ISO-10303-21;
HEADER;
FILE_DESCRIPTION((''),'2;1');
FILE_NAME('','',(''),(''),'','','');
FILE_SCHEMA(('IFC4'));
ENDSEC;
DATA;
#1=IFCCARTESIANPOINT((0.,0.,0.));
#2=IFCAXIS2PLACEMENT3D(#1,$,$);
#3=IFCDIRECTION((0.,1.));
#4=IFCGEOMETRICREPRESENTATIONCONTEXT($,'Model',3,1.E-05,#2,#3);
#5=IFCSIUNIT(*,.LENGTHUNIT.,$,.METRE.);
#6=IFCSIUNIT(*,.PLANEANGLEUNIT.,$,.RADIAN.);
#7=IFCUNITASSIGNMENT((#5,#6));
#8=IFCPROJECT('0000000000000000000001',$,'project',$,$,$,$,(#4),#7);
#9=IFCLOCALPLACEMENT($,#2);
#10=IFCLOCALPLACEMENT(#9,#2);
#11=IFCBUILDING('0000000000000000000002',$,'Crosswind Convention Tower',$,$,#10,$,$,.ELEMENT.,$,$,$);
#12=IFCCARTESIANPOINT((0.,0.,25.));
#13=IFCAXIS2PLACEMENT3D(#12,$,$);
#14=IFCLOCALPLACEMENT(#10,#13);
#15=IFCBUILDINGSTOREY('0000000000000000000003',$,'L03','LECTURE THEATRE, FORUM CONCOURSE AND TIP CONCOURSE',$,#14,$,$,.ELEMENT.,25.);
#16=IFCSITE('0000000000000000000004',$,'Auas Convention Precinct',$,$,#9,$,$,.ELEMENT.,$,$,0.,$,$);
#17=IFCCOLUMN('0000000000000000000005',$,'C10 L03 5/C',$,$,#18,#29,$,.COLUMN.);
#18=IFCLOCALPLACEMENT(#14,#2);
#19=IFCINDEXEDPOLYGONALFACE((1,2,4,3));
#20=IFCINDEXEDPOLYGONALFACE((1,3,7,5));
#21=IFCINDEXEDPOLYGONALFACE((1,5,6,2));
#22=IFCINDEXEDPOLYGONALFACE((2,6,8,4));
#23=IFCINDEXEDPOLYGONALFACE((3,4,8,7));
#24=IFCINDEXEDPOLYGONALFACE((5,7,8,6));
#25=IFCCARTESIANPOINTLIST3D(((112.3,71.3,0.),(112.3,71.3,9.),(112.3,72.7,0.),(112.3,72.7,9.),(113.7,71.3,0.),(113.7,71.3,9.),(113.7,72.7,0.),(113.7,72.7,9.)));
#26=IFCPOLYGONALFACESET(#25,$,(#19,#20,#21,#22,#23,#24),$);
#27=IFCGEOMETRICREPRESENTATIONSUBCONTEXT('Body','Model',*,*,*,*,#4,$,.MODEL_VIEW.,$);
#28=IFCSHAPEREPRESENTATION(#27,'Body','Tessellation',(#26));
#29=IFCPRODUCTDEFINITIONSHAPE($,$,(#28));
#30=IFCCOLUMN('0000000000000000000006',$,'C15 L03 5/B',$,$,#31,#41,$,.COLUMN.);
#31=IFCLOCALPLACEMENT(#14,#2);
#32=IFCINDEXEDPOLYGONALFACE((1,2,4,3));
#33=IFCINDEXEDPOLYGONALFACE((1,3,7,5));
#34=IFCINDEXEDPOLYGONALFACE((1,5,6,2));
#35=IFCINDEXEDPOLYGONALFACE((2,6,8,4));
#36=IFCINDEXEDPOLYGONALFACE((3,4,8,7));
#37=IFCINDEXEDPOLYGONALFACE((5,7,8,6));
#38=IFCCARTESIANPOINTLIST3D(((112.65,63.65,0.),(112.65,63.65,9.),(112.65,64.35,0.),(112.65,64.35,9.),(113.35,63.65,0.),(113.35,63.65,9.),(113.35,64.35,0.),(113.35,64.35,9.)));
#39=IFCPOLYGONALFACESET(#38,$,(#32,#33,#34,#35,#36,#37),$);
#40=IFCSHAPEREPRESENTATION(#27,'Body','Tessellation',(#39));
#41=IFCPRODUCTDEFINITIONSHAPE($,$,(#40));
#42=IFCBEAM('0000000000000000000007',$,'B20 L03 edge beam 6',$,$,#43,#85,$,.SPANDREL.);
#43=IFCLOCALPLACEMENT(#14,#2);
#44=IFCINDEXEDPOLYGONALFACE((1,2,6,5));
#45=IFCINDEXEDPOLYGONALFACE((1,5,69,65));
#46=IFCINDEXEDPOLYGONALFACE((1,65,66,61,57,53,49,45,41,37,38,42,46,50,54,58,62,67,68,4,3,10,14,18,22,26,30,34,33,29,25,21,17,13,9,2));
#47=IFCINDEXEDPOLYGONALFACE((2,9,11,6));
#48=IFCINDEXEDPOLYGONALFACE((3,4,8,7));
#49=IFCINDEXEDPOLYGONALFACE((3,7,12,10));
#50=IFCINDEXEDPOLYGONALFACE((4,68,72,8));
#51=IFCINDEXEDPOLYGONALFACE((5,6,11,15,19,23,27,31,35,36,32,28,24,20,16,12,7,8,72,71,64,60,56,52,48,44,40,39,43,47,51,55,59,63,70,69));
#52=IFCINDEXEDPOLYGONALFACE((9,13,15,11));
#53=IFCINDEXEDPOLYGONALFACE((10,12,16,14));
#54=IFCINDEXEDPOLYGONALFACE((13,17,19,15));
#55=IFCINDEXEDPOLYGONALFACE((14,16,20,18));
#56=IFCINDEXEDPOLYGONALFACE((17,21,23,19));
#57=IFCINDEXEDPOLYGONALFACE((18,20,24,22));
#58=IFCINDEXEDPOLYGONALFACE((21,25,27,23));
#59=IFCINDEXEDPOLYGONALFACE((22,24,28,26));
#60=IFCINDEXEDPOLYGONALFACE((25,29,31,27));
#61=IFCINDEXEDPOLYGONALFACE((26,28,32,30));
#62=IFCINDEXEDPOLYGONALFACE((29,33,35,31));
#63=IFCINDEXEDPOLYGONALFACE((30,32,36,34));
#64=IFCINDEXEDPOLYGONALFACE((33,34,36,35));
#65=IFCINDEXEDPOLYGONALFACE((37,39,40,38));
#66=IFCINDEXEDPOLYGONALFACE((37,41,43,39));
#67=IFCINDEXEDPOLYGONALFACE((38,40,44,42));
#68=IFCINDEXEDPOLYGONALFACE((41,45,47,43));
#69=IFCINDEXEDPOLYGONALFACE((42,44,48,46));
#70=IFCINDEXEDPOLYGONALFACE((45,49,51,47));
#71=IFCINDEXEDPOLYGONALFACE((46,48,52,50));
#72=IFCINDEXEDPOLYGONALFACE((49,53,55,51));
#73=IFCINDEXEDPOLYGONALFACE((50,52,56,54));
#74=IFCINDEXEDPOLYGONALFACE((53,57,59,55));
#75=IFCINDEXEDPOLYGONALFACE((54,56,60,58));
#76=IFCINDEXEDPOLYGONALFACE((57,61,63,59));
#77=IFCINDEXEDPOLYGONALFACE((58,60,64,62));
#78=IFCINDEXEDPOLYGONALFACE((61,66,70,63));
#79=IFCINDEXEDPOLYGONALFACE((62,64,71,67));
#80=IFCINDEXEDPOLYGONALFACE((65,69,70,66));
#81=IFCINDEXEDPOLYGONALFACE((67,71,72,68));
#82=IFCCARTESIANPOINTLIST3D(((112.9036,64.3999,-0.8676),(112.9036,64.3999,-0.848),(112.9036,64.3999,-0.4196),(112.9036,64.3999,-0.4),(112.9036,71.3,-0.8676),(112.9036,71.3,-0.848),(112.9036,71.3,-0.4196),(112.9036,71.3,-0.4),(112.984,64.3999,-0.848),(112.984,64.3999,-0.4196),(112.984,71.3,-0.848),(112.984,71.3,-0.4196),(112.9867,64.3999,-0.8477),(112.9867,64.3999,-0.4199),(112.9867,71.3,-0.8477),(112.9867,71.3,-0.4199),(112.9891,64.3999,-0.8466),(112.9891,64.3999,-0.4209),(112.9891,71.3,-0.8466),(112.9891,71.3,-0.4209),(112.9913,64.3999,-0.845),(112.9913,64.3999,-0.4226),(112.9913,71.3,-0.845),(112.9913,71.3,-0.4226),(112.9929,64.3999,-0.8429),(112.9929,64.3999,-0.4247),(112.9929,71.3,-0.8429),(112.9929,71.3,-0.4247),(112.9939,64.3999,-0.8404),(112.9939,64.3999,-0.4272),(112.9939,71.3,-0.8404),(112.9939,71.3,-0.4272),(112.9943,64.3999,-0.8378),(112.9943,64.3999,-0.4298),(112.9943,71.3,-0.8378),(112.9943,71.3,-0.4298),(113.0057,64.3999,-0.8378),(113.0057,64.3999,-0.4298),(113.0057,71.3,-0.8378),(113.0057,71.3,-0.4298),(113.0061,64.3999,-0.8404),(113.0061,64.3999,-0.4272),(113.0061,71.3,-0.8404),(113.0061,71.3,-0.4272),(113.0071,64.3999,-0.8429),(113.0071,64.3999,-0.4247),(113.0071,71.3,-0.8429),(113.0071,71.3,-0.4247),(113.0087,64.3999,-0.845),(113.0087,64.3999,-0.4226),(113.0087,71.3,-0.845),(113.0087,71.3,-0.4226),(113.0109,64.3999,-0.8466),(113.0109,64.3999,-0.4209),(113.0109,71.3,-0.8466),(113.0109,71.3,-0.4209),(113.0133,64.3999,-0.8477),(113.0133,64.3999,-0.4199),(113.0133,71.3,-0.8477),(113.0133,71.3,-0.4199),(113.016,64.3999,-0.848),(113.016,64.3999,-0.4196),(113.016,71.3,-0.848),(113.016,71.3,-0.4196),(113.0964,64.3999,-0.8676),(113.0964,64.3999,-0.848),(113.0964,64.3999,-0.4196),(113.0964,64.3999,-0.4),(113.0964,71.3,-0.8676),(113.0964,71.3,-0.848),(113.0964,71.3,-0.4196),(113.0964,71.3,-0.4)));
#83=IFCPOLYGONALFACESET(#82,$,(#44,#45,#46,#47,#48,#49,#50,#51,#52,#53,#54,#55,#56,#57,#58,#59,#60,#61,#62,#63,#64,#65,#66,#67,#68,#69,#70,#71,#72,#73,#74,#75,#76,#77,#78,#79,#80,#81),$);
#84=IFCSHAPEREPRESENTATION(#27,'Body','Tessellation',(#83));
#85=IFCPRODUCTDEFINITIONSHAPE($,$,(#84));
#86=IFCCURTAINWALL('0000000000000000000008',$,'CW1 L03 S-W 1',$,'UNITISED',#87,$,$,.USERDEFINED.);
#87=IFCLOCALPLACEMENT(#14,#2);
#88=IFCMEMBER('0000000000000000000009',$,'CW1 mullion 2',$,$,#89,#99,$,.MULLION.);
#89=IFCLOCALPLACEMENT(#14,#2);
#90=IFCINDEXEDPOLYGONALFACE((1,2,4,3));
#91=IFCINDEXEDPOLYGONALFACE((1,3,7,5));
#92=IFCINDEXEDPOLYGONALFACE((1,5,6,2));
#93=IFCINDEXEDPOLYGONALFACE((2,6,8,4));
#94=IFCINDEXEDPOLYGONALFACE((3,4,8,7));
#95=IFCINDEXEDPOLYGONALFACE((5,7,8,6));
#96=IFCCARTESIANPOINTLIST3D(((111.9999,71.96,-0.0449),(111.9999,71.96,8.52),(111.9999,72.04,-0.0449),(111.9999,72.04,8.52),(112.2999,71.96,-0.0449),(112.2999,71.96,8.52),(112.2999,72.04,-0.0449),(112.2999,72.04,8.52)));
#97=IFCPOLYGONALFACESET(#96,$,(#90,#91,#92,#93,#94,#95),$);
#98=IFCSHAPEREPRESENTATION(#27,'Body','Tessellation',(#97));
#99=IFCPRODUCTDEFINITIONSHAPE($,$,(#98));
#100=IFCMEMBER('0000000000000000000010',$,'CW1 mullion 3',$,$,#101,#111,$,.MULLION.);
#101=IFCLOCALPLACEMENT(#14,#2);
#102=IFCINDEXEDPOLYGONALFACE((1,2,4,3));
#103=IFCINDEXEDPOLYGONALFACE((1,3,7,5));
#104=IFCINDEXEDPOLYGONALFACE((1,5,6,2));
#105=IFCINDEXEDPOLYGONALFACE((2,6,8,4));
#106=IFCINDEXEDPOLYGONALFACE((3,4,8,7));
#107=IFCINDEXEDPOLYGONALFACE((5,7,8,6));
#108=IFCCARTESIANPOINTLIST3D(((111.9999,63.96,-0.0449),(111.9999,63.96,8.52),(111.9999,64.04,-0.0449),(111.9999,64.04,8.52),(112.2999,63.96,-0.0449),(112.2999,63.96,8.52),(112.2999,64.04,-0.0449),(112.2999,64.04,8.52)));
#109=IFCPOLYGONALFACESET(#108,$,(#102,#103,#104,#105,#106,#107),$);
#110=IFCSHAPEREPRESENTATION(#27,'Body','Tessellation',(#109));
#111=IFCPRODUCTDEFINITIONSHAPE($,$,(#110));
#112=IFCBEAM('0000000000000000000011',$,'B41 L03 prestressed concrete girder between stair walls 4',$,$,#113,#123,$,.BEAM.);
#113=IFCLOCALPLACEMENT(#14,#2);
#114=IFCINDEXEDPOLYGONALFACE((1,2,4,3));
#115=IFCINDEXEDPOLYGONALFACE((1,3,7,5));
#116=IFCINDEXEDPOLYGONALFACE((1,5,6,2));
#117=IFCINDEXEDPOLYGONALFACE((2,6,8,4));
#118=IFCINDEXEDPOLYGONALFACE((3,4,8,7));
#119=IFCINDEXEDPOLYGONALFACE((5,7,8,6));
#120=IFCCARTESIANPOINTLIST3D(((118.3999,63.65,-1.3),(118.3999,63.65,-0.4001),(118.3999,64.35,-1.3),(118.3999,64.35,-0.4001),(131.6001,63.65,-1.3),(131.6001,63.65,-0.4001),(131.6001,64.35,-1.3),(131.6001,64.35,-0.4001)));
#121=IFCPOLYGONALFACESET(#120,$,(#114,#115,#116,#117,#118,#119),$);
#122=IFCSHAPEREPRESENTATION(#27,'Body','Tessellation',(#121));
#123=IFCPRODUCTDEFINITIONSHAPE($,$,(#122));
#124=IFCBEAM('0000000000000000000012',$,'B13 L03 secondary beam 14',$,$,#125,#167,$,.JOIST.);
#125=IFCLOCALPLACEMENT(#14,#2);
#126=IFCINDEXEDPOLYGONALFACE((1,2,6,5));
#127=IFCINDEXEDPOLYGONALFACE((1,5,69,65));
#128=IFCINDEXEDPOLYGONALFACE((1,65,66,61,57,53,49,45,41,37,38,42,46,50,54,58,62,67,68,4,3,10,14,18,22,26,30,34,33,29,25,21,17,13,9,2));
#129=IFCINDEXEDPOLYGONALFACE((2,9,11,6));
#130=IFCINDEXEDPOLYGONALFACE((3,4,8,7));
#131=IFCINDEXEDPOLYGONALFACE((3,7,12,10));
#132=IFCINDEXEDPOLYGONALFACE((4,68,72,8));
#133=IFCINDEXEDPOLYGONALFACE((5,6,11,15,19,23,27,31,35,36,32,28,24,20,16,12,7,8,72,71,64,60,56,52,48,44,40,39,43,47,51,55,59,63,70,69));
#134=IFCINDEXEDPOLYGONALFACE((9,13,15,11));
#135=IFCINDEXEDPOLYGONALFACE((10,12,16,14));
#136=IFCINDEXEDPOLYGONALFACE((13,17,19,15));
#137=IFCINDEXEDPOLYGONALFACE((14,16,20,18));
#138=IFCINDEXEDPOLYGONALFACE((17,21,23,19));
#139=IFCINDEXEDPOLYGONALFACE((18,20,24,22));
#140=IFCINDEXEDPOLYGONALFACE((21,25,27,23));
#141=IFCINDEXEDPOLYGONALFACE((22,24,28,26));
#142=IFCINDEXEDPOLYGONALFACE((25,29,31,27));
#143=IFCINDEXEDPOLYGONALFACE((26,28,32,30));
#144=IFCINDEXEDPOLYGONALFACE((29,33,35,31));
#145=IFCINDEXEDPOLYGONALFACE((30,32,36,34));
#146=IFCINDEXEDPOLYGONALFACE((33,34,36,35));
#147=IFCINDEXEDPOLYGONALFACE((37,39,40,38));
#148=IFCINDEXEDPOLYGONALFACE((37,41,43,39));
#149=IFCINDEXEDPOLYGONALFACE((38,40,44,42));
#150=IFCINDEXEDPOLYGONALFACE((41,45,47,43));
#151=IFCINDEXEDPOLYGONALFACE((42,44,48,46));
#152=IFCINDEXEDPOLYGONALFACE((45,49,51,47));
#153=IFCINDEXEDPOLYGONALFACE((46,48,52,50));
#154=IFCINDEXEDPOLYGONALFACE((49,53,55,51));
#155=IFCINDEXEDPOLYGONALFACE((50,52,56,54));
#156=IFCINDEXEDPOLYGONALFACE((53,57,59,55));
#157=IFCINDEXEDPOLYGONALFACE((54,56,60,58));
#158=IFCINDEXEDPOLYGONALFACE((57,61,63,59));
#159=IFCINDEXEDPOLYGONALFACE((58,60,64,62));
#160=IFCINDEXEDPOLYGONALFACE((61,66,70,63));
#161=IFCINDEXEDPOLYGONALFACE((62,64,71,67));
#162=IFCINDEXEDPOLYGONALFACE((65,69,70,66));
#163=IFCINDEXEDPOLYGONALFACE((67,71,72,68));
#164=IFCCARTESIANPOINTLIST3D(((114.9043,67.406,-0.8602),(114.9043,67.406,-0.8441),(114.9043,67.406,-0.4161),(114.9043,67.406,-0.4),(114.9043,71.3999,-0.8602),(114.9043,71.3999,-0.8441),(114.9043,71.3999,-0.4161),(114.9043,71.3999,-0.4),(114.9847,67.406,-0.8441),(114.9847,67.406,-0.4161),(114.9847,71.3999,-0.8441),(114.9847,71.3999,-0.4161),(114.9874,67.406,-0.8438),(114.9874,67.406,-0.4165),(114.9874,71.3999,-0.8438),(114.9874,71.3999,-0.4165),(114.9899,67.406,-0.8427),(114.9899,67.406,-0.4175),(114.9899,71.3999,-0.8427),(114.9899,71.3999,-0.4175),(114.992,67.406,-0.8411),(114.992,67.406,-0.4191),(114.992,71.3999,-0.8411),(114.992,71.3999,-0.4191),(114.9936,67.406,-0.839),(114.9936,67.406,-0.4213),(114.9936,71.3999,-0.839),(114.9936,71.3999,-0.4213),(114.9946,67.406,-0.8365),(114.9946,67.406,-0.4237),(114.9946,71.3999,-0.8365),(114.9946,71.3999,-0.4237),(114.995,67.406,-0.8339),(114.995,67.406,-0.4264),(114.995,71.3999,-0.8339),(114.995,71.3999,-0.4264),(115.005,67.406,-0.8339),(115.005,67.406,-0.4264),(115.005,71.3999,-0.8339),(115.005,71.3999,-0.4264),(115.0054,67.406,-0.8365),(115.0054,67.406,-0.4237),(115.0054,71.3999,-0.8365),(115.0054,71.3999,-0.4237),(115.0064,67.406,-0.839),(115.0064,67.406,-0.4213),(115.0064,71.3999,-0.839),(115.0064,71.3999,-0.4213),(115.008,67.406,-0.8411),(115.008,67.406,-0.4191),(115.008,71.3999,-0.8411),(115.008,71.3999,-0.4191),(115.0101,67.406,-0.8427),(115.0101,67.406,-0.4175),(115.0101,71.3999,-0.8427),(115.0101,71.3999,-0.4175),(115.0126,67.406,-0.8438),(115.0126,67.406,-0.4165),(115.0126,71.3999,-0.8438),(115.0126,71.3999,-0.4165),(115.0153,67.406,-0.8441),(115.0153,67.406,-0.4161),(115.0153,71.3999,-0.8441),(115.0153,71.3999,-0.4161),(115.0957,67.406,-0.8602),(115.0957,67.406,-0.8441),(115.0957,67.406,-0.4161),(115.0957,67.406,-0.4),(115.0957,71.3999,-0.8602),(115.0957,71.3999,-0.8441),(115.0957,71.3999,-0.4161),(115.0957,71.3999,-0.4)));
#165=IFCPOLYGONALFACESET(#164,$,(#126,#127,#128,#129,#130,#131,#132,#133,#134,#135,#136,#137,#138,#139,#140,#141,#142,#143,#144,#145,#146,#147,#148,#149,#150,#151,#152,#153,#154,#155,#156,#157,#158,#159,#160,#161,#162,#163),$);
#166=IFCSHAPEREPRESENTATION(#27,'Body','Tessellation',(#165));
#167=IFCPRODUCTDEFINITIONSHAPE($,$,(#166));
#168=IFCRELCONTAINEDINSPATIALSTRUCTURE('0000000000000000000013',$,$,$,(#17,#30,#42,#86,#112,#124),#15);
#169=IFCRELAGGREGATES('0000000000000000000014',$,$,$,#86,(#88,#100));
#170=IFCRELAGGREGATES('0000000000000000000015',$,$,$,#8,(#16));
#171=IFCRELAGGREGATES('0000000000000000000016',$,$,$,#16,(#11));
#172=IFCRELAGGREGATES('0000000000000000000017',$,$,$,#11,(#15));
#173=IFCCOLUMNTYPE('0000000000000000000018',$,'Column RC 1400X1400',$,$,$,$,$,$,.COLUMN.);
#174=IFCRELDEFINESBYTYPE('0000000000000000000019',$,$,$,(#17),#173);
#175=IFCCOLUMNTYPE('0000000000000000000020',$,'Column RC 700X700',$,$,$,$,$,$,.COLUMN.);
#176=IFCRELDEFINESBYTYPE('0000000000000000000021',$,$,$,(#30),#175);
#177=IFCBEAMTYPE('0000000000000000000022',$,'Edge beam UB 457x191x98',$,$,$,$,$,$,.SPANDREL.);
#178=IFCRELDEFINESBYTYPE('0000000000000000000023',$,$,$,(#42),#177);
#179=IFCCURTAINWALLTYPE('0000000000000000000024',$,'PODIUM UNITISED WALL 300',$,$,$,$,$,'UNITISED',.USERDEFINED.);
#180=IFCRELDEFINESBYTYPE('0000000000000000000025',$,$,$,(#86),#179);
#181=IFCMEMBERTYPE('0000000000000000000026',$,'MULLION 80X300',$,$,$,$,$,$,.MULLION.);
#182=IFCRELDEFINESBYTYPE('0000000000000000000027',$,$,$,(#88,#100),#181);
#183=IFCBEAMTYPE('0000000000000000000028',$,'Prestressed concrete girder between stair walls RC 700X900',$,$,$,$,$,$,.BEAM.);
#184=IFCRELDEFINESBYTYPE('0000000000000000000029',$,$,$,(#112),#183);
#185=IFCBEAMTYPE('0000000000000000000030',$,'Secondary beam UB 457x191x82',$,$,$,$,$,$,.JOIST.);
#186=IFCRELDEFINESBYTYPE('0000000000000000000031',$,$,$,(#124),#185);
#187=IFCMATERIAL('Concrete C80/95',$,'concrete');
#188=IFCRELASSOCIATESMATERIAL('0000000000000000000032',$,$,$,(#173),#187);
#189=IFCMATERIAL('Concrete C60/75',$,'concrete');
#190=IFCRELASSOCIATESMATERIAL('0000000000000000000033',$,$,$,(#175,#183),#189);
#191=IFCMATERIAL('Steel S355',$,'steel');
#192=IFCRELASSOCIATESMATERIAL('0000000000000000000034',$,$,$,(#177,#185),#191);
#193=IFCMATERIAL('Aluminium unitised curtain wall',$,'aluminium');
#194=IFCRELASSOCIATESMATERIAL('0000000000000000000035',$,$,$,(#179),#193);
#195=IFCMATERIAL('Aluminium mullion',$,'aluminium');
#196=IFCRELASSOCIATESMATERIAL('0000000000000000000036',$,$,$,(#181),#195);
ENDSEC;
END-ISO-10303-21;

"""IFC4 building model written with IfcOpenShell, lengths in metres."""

from ifc_helpers import new_model, si_unit, direction, frame, origin, origin_2d, place, context, subcontext, project, spatial, rectangle, i_section, extrude, material, material_profile, profile_set, type_object, element, aggregate, save


model = new_model("IFC4")

# Units and contexts
model_context = context("Model", 3, precision=1e-05, world=origin(), true_north=direction((0.0, 1.0)))
body_context = subcontext(model_context, "Body", "Model", "MODEL_VIEW")
ifc_project = project(units=[si_unit("LENGTHUNIT", "METRE"), si_unit("PLANEANGLEUNIT", "RADIAN")], contexts=[model_context])

# Site, building, storey
site_placement = place(None, origin())
site = spatial("IfcSite", under=ifc_project, at=site_placement, Name="Auas Convention Precinct", CompositionType="ELEMENT", RefElevation=0.0)
building_placement = place(site_placement, origin())
building = spatial("IfcBuilding", under=site, at=building_placement, Name="Crosswind Convention Tower", CompositionType="ELEMENT")
storey_placement = place(building_placement, frame((0.0, 0.0, 25.0)))
storey = spatial("IfcBuildingStorey", under=building, at=storey_placement, Name="L03", Description="LECTURE THEATRE, FORUM CONCOURSE AND TIP CONCOURSE", CompositionType="ELEMENT", Elevation=25.0)

# Columns
ifc_material_1 = material(Name="Concrete C80/95", Category="concrete")
ifc_material_profile_1 = material_profile(ifc_material_1, rectangle(XDim=1.3999, YDim=1.3999, at=origin_2d()), Name="RC 1400X1400")
ifc_profile_set_1 = profile_set([ifc_material_profile_1], Name="Concrete C80/95")
column_type_1 = type_object("IfcColumnType", Name="Column RC 1400X1400", PredefinedType="COLUMN", material=ifc_profile_set_1)
column_1_placement = place(storey_placement, frame((113.0, 72.0, 0.0), z_axis=(0.0, 0.0, 1.0), x_axis=(1.0, 0.0, 0.0)))
element("IfcColumn", 1, at=column_1_placement, inside=storey, type_object=column_type_1, Name="C10 L03 5/C", PredefinedType="COLUMN", context=body_context, shape_type="SweptSolid", body=[
    extrude(rectangle(XDim=1.3999, YDim=1.3999, at=origin_2d()), origin(), (0.0, 0.0, 1.0), 9.0),
])
ifc_material_2 = material(Name="Concrete C60/75", Category="concrete")
ifc_material_profile_2 = material_profile(ifc_material_2, rectangle(XDim=0.7, YDim=0.7, at=origin_2d()), Name="RC 700X700")
ifc_profile_set_2 = profile_set([ifc_material_profile_2], Name="Concrete C60/75")
column_type_2 = type_object("IfcColumnType", Name="Column RC 700X700", PredefinedType="COLUMN", material=ifc_profile_set_2)
column_2_placement = place(storey_placement, frame((113.0, 64.0, 0.0), z_axis=(0.0, 0.0, 1.0), x_axis=(1.0, 0.0, 0.0)))
element("IfcColumn", 2, at=column_2_placement, inside=storey, type_object=column_type_2, Name="C15 L03 5/B", PredefinedType="COLUMN", context=body_context, shape_type="SweptSolid", body=[
    extrude(rectangle(XDim=0.7, YDim=0.7, at=origin_2d()), origin(), (0.0, 0.0, 1.0), 9.0),
])

# Beam
ifc_material_3 = material(Name="Steel S355", Category="steel")
ifc_material_profile_3 = material_profile(ifc_material_3, i_section(OverallWidth=0.1929, OverallDepth=0.4675, WebThickness=0.0115, FlangeThickness=0.0195, FilletRadius=0.0103, at=origin_2d()), Name="UB 457x191x98")
ifc_profile_set_3 = profile_set([ifc_material_profile_3], Name="Steel S355")
beam_type_1 = type_object("IfcBeamType", Name="Edge beam UB 457x191x98", PredefinedType="SPANDREL", material=ifc_profile_set_3)
beam_1_placement = place(storey_placement, frame((113.0, 64.3999, -0.6338), z_axis=(0.0, 1.0, 0.0), x_axis=(-1.0, 0.0, 0.0)))
element("IfcBeam", 3, at=beam_1_placement, inside=storey, type_object=beam_type_1, Name="B20 L03 edge beam 6", PredefinedType="SPANDREL", context=body_context, shape_type="SweptSolid", body=[
    extrude(i_section(OverallWidth=0.1929, OverallDepth=0.4675, WebThickness=0.0115, FlangeThickness=0.0195, FilletRadius=0.0103, at=origin_2d()), origin(), (0.0, 0.0, 1.0), 6.9001),
])

# Curtain wall, members
ifc_material_4 = material(Name="Aluminium unitised curtain wall", Category="aluminium")
curtain_wall_type = type_object("IfcCurtainWallType", Name="PODIUM UNITISED WALL 300", ElementType="UNITISED", PredefinedType="USERDEFINED", material=ifc_material_4)
curtain_wall_placement = place(storey_placement, origin())
curtain_wall = element("IfcCurtainWall", 4, at=curtain_wall_placement, inside=storey, type_object=curtain_wall_type, Name="CW1 L03 S-W 1", ObjectType="UNITISED", PredefinedType="USERDEFINED")
ifc_material_5 = material(Name="Aluminium mullion", Category="aluminium")
ifc_material_profile_4 = material_profile(ifc_material_5, rectangle(XDim=0.3, YDim=0.0801, at=origin_2d()), Name="AL 300X80")
ifc_profile_set_4 = profile_set([ifc_material_profile_4], Name="Aluminium mullion")
member_type = type_object("IfcMemberType", Name="MULLION 80X300", PredefinedType="MULLION", material=ifc_profile_set_4)
member_1_placement = place(storey_placement, frame((112.1499, 72.0, -0.0449), z_axis=(0.0, 0.0, 1.0), x_axis=(-1.0, 0.0, 0.0)))
member_1 = element("IfcMember", 5, at=member_1_placement, type_object=member_type, Name="CW1 mullion 2", PredefinedType="MULLION", context=body_context, shape_type="SweptSolid", body=[
    extrude(rectangle(XDim=0.3, YDim=0.0801, at=origin_2d()), origin(), (0.0, 0.0, 1.0), 8.5649),
])
member_2_placement = place(storey_placement, frame((112.1499, 64.0, -0.0449), z_axis=(0.0, 0.0, 1.0), x_axis=(-1.0, 0.0, 0.0)))
member_2 = element("IfcMember", 6, at=member_2_placement, type_object=member_type, Name="CW1 mullion 3", PredefinedType="MULLION", context=body_context, shape_type="SweptSolid", body=[
    extrude(rectangle(XDim=0.3, YDim=0.0801, at=origin_2d()), origin(), (0.0, 0.0, 1.0), 8.5649),
])

# Beams
ifc_material_profile_5 = material_profile(ifc_material_2, rectangle(XDim=0.7, YDim=0.8999, at=origin_2d()), Name="RC 700X900")
ifc_profile_set_5 = profile_set([ifc_material_profile_5], Name="Concrete C60/75")
beam_type_2 = type_object("IfcBeamType", Name="Prestressed concrete girder between stair walls RC 700X900", PredefinedType="BEAM", material=ifc_profile_set_5)
beam_2_placement = place(storey_placement, frame((118.3999, 64.0, -0.8501), z_axis=(1.0, 0.0, 0.0), x_axis=(0.0, 1.0, 0.0)))
element("IfcBeam", 7, at=beam_2_placement, inside=storey, type_object=beam_type_2, Name="B41 L03 prestressed concrete girder between stair walls 4", PredefinedType="BEAM", context=body_context, shape_type="SweptSolid", body=[
    extrude(rectangle(XDim=0.7, YDim=0.8999, at=origin_2d()), origin(), (0.0, 0.0, 1.0), 13.2002),
])
ifc_material_profile_6 = material_profile(ifc_material_3, i_section(OverallWidth=0.1914, OverallDepth=0.4602, WebThickness=0.01, FlangeThickness=0.0161, FilletRadius=0.0103, at=origin_2d()), Name="UB 457x191x82")
ifc_profile_set_6 = profile_set([ifc_material_profile_6], Name="Steel S355")
beam_type_3 = type_object("IfcBeamType", Name="Secondary beam UB 457x191x82", PredefinedType="JOIST", material=ifc_profile_set_6)
beam_3_placement = place(storey_placement, frame((115.0, 67.406, -0.6301), z_axis=(0.0, 1.0, 0.0), x_axis=(-1.0, 0.0, 0.0)))
element("IfcBeam", 8, at=beam_3_placement, inside=storey, type_object=beam_type_3, Name="B13 L03 secondary beam 14", PredefinedType="JOIST", context=body_context, shape_type="SweptSolid", body=[
    extrude(i_section(OverallWidth=0.1914, OverallDepth=0.4602, WebThickness=0.01, FlangeThickness=0.0161, FilletRadius=0.0103, at=origin_2d()), origin(), (0.0, 0.0, 1.0), 3.9939),
])

aggregate(curtain_wall, [member_1, member_2])

save(model, "model.ifc")
